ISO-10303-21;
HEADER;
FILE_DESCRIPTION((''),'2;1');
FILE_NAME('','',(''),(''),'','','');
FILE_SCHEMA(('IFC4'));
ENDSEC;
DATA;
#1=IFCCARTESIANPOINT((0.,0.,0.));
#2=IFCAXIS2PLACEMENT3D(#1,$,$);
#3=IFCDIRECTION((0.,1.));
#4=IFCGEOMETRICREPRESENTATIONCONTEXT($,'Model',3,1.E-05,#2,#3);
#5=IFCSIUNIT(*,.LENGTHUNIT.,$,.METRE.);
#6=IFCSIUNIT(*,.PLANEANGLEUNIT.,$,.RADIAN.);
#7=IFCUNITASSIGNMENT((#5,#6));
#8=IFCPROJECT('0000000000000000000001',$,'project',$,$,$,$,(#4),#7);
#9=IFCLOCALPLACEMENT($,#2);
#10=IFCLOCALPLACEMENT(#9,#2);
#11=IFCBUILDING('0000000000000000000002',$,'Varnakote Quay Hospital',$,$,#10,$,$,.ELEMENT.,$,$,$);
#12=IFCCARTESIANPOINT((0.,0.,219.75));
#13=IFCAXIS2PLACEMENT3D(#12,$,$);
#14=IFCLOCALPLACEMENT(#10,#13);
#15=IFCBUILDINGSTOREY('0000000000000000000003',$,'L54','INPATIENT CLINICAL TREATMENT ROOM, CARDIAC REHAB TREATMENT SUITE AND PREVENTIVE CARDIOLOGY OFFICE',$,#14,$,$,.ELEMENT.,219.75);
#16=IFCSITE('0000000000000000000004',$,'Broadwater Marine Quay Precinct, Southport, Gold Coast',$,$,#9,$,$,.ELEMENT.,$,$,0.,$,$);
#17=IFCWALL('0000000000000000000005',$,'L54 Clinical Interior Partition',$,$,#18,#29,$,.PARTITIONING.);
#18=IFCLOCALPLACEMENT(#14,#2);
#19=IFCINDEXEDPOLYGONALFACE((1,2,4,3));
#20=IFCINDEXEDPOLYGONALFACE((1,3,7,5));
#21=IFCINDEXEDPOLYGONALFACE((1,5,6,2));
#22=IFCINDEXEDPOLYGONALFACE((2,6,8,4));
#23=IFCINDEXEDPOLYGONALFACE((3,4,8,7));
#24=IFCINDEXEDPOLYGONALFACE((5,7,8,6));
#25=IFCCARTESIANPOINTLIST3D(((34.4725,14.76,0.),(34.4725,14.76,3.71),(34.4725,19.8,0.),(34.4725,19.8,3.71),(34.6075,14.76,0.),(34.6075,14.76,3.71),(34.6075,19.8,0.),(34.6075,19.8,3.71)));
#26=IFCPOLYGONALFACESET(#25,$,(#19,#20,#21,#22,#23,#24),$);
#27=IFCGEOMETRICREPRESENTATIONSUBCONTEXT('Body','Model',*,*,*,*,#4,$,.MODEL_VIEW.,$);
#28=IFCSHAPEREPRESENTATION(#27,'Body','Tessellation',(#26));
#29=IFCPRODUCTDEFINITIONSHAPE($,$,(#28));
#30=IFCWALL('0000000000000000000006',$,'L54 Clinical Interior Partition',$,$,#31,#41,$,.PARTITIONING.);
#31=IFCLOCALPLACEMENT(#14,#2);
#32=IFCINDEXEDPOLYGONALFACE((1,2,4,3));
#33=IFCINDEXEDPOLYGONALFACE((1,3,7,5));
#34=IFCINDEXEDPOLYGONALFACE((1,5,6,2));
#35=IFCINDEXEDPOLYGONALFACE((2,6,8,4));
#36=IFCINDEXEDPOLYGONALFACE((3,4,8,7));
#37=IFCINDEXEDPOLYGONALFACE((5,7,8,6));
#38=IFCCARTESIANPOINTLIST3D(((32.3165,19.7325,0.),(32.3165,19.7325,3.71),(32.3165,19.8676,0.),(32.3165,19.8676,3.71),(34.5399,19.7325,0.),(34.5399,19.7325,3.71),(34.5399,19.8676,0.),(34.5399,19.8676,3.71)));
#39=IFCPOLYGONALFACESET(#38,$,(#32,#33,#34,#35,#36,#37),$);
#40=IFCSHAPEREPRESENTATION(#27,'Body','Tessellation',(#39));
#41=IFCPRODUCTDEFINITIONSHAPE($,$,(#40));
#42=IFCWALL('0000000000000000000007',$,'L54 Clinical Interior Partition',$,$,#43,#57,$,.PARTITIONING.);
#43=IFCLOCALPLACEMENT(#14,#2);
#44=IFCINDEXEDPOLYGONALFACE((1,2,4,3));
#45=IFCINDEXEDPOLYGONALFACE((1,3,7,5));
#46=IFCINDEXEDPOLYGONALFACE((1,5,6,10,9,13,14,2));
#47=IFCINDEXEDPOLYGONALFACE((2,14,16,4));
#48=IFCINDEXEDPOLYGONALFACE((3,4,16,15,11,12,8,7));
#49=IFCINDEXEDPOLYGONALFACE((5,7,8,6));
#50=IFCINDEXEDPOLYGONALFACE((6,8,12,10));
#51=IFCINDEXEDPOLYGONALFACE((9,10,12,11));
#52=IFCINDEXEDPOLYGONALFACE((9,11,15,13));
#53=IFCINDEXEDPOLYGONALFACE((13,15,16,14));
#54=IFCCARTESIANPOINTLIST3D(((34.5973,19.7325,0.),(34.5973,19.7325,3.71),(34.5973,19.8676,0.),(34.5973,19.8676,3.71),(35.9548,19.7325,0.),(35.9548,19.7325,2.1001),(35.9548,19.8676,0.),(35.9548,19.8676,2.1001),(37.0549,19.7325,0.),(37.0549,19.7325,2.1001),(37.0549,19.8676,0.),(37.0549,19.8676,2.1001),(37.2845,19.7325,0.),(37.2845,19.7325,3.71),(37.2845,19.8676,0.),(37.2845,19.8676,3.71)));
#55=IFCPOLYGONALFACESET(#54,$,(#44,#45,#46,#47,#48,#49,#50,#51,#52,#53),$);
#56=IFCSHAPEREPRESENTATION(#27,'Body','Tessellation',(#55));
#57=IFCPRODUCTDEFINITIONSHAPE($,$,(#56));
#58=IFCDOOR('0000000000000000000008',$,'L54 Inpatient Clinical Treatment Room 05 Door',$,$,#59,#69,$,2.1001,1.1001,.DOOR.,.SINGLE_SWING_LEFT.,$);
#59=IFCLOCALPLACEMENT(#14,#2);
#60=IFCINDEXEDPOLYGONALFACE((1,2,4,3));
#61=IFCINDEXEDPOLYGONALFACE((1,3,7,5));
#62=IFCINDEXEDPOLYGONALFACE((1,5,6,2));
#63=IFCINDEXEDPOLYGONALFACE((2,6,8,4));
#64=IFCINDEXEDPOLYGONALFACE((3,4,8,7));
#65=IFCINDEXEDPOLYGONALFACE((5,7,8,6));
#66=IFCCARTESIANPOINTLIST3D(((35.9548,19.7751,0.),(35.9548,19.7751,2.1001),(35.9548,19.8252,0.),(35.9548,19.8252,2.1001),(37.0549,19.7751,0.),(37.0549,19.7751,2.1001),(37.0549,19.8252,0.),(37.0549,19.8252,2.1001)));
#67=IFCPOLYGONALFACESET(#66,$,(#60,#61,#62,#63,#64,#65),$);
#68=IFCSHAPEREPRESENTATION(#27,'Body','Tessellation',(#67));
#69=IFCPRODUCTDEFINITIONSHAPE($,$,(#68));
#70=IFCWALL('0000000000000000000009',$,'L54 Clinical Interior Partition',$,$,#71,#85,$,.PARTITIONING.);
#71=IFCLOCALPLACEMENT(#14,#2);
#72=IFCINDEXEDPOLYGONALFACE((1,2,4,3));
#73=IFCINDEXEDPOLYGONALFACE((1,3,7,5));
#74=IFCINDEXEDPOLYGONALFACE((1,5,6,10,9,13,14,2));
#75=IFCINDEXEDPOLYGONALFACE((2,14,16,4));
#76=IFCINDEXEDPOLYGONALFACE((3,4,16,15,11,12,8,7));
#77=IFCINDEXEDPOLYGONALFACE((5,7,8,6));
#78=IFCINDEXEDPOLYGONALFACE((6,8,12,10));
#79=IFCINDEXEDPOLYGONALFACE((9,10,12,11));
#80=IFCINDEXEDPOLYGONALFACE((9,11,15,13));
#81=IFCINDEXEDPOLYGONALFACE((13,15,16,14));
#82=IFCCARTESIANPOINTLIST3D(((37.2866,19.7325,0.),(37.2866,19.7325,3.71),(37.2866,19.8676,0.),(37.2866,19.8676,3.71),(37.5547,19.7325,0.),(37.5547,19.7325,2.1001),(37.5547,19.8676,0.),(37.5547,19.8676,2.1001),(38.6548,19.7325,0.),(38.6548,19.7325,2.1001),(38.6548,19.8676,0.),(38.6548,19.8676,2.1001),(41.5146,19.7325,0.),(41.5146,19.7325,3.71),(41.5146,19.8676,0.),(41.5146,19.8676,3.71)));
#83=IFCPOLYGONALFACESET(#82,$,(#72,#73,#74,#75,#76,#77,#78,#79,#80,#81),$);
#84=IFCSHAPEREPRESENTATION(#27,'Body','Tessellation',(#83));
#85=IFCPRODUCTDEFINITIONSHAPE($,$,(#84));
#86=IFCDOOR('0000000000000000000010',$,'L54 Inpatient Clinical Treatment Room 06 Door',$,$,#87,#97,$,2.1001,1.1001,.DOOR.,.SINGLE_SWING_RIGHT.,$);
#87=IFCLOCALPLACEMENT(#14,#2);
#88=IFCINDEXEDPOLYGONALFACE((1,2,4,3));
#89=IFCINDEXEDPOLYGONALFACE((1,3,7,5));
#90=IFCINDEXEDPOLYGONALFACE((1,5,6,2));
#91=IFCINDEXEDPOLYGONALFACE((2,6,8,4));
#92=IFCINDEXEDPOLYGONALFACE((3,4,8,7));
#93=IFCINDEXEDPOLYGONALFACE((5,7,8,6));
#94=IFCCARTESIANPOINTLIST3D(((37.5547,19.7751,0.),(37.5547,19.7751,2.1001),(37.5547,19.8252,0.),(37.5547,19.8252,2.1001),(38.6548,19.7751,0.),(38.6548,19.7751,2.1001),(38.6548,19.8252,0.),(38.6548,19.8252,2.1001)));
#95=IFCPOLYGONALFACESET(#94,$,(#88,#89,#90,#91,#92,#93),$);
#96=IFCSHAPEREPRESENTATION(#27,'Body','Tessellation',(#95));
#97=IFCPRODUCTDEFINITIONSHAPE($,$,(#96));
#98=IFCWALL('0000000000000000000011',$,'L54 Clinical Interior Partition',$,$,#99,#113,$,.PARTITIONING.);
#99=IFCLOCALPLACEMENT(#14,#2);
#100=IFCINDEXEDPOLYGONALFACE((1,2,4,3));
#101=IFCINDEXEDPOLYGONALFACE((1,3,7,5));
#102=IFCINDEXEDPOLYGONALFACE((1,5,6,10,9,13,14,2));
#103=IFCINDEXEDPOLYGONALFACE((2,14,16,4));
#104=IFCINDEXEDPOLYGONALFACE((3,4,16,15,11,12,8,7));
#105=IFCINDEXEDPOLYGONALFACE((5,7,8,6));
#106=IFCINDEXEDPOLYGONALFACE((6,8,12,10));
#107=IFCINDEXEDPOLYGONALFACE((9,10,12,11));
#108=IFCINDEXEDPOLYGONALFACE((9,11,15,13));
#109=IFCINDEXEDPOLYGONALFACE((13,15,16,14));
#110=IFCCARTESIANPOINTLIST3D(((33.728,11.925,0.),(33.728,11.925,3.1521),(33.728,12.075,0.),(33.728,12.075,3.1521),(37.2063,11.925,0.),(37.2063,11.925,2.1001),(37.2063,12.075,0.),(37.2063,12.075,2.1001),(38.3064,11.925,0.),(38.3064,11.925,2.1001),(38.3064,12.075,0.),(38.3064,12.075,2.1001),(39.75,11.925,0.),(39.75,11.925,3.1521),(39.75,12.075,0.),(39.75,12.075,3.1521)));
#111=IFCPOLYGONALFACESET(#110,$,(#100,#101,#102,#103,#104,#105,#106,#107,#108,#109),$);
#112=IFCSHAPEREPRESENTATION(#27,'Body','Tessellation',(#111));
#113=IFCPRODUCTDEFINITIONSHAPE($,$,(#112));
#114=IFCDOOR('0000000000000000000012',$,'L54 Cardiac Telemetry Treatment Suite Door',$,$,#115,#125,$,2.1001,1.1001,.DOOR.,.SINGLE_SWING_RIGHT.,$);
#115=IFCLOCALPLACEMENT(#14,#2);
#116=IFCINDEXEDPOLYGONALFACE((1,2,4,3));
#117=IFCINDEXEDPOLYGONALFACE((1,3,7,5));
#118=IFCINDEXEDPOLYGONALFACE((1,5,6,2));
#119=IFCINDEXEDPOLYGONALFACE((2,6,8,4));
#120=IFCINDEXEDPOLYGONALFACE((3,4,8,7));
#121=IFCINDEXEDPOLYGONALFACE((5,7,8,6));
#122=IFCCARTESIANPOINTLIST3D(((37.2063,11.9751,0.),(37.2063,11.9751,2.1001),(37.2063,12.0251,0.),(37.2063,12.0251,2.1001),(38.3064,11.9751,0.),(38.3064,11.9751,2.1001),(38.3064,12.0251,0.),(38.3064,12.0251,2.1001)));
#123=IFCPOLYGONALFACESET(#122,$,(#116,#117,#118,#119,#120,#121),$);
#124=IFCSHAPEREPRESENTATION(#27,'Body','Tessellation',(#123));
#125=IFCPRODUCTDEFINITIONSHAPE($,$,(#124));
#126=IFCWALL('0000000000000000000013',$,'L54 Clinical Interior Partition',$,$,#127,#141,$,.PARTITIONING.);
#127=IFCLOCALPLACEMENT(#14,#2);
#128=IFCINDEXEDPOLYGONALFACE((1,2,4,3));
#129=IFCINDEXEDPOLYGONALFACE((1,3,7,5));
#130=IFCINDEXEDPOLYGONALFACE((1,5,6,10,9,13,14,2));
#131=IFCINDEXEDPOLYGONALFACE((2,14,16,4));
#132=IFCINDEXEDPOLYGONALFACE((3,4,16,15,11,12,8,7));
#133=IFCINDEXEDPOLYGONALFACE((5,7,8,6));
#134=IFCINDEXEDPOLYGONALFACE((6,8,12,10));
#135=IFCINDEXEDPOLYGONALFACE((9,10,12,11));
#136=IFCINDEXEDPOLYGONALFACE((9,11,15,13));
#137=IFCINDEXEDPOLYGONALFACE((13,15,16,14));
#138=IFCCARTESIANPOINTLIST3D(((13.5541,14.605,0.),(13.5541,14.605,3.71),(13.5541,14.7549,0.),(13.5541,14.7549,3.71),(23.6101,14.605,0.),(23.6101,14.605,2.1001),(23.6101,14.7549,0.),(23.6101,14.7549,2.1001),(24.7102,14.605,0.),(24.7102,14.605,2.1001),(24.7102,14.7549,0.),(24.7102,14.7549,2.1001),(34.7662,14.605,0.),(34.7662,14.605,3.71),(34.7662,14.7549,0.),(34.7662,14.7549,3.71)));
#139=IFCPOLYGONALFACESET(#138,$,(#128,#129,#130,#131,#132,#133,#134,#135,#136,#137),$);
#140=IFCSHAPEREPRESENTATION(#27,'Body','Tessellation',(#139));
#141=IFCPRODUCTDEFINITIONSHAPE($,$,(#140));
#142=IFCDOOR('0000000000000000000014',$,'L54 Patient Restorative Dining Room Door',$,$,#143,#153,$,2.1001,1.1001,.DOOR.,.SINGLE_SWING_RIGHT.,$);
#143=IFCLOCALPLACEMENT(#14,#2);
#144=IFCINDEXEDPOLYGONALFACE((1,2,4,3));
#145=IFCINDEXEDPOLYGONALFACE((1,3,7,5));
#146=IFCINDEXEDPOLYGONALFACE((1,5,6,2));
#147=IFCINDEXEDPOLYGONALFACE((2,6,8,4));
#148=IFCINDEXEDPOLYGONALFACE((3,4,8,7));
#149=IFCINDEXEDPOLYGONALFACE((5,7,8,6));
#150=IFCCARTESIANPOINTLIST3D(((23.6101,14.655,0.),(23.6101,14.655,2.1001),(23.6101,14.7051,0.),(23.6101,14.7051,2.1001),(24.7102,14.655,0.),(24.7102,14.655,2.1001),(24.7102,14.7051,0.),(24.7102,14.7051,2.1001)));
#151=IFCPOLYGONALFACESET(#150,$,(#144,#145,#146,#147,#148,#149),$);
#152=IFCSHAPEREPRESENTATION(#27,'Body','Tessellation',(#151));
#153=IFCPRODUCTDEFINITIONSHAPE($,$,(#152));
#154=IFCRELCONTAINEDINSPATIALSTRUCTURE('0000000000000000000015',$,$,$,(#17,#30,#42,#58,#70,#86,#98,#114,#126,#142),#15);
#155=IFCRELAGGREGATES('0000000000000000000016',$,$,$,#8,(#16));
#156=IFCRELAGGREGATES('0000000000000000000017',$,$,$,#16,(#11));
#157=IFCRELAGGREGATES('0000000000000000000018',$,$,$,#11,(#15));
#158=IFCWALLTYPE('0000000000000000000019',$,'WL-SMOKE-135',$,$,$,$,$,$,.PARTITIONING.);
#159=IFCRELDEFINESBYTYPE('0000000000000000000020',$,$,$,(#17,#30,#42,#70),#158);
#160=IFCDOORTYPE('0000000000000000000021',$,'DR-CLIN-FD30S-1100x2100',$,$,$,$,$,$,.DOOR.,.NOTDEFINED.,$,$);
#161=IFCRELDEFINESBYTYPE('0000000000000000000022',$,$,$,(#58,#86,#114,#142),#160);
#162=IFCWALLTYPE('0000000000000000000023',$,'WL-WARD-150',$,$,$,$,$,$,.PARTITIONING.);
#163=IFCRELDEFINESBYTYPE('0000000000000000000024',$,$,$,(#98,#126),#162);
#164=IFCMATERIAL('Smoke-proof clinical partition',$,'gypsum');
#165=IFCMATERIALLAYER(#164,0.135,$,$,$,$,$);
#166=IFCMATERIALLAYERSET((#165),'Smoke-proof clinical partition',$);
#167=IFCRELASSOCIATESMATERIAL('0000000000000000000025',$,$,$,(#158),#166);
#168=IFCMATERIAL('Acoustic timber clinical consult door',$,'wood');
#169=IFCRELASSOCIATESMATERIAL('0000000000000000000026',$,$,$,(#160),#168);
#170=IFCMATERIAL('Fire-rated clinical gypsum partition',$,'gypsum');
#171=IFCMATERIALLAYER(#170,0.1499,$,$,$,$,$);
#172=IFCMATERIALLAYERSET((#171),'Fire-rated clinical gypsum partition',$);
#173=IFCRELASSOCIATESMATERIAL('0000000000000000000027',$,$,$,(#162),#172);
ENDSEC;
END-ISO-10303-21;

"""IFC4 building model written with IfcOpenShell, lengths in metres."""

from ifc_helpers import new_model, si_unit, direction, frame, frame_2d, origin, place, context, subcontext, project, spatial, rectangle, extrude, material, layer, layer_set, type_object, element, fill, save


model = new_model("IFC4")

# Units and contexts
model_context = context("Model", 3, precision=1e-05, world=origin(), true_north=direction((0.0, 1.0)))
body_context = subcontext(model_context, "Body", "Model", "MODEL_VIEW")
ifc_project = project(units=[si_unit("LENGTHUNIT", "METRE"), si_unit("PLANEANGLEUNIT", "RADIAN")], contexts=[model_context])

# Site, building, storey
site_placement = place(None, origin())
site = spatial("IfcSite", under=ifc_project, at=site_placement, Name="Broadwater Marine Quay Precinct, Southport, Gold Coast", CompositionType="ELEMENT", RefElevation=0.0)
building_placement = place(site_placement, origin())
building = spatial("IfcBuilding", under=site, at=building_placement, Name="Varnakote Quay Hospital", CompositionType="ELEMENT")
storey_placement = place(building_placement, frame((0.0, 0.0, 219.75)))
storey = spatial("IfcBuildingStorey", under=building, at=storey_placement, Name="L54", Description="INPATIENT CLINICAL TREATMENT ROOM, CARDIAC REHAB TREATMENT SUITE AND PREVENTIVE CARDIOLOGY OFFICE", CompositionType="ELEMENT", Elevation=219.75)

# Walls
ifc_material_1 = material(Name="Smoke-proof clinical partition", Category="gypsum")
ifc_layer_1 = layer(ifc_material_1, 0.135)
ifc_layer_set_1 = layer_set([ifc_layer_1], Name="Smoke-proof clinical partition")
wall_type_1 = type_object("IfcWallType", Name="WL-SMOKE-135", PredefinedType="PARTITIONING", material=ifc_layer_set_1)
wall_1_placement = place(storey_placement, frame((34.54, 14.76, 0.0), z_axis=(0.0, 0.0, 1.0), x_axis=(0.0, 1.0, 0.0)))
element("IfcWall", 1, at=wall_1_placement, inside=storey, type_object=wall_type_1, Name="L54 Clinical Interior Partition", PredefinedType="PARTITIONING", context=body_context, shape_type="SweptSolid", body=[
    extrude(rectangle(XDim=5.04, YDim=0.135, at=frame_2d((2.52, 0.0))), origin(), (0.0, 0.0, 1.0), 3.71),
])
wall_2_placement = place(storey_placement, frame((34.54, 19.8, 0.0), z_axis=(0.0, 0.0, 1.0), x_axis=(-1.0, 0.0, 0.0)))
element("IfcWall", 2, at=wall_2_placement, inside=storey, type_object=wall_type_1, Name="L54 Clinical Interior Partition", PredefinedType="PARTITIONING", context=body_context, shape_type="SweptSolid", body=[
    extrude(rectangle(XDim=2.2234, YDim=0.135, at=frame_2d((1.1118, 0.0))), origin(), (0.0, 0.0, 1.0), 3.71),
])

# Walls, openings, doors
wall_3_placement = place(storey_placement, frame((37.2847, 19.8, 0.0), z_axis=(0.0, 0.0, 1.0), x_axis=(-1.0, 0.0, 0.0)))
wall_3 = element("IfcWall", 3, at=wall_3_placement, inside=storey, type_object=wall_type_1, Name="L54 Clinical Interior Partition", PredefinedType="PARTITIONING", context=body_context, shape_type="SweptSolid", body=[
    extrude(rectangle(XDim=2.6873, YDim=0.135, at=frame_2d((1.3438, 0.0))), origin(), (0.0, 0.0, 1.0), 3.71),
])
opening_1_placement = place(wall_3_placement, frame((0.2297, 0.0, 0.0)))
opening_1 = element("IfcOpeningElement", 4, at=opening_1_placement, cuts=wall_3, PredefinedType="OPENING", context=body_context, shape_type="SweptSolid", body=[
    extrude(rectangle(XDim=1.1001, YDim=2.1001, at=frame_2d((0.55, 1.05))), frame((0.0, 0.0774, 0.0), z_axis=(0.0, -1.0, 0.0), x_axis=(1.0, 0.0, 0.0)), (0.0, 0.0, 1.0), 0.155),
])
ifc_material_2 = material(Name="Acoustic timber clinical consult door", Category="wood")
door_type = type_object("IfcDoorType", Name="DR-CLIN-FD30S-1100x2100", OperationType="NOTDEFINED", PredefinedType="DOOR", material=ifc_material_2)
door_1_placement = place(opening_1_placement, origin())
door_1 = element("IfcDoor", 5, at=door_1_placement, inside=storey, type_object=door_type, Name="L54 Inpatient Clinical Treatment Room 05 Door", OperationType="SINGLE_SWING_LEFT", OverallHeight=2.1001, OverallWidth=1.1001, PredefinedType="DOOR", context=body_context, shape_type="SweptSolid", body=[
    extrude(rectangle(XDim=1.1001, YDim=2.1001, at=frame_2d((0.55, 1.05))), frame((0.0, 0.0249, 0.0), z_axis=(0.0, -1.0, 0.0), x_axis=(1.0, 0.0, 0.0)), (0.0, 0.0, 1.0), 0.05),
])
fill(opening_1, door_1)
wall_4_placement = place(storey_placement, frame((41.5146, 19.8, 0.0), z_axis=(0.0, 0.0, 1.0), x_axis=(-1.0, 0.0, 0.0)))
wall_4 = element("IfcWall", 6, at=wall_4_placement, inside=storey, type_object=wall_type_1, Name="L54 Clinical Interior Partition", PredefinedType="PARTITIONING", context=body_context, shape_type="SweptSolid", body=[
    extrude(rectangle(XDim=4.228, YDim=0.135, at=frame_2d((2.114, 0.0))), origin(), (0.0, 0.0, 1.0), 3.71),
])
opening_2_placement = place(wall_4_placement, frame((2.8599, 0.0, 0.0)))
opening_2 = element("IfcOpeningElement", 7, at=opening_2_placement, cuts=wall_4, PredefinedType="OPENING", context=body_context, shape_type="SweptSolid", body=[
    extrude(rectangle(XDim=1.1001, YDim=2.1001, at=frame_2d((0.55, 1.05))), frame((0.0, 0.0774, 0.0), z_axis=(0.0, -1.0, 0.0), x_axis=(1.0, 0.0, 0.0)), (0.0, 0.0, 1.0), 0.155),
])
door_2_placement = place(opening_2_placement, origin())
door_2 = element("IfcDoor", 8, at=door_2_placement, inside=storey, type_object=door_type, Name="L54 Inpatient Clinical Treatment Room 06 Door", OperationType="SINGLE_SWING_RIGHT", OverallHeight=2.1001, OverallWidth=1.1001, PredefinedType="DOOR", context=body_context, shape_type="SweptSolid", body=[
    extrude(rectangle(XDim=1.1001, YDim=2.1001, at=frame_2d((0.55, 1.05))), frame((0.0, 0.0249, 0.0), z_axis=(0.0, -1.0, 0.0), x_axis=(1.0, 0.0, 0.0)), (0.0, 0.0, 1.0), 0.05),
])
fill(opening_2, door_2)
ifc_material_3 = material(Name="Fire-rated clinical gypsum partition", Category="gypsum")
ifc_layer_2 = layer(ifc_material_3, 0.1499)
ifc_layer_set_2 = layer_set([ifc_layer_2], Name="Fire-rated clinical gypsum partition")
wall_type_2 = type_object("IfcWallType", Name="WL-WARD-150", PredefinedType="PARTITIONING", material=ifc_layer_set_2)
wall_5_placement = place(storey_placement, frame((39.75, 12.0, 0.0), z_axis=(0.0, 0.0, 1.0), x_axis=(-1.0, 0.0, 0.0)))
wall_5 = element("IfcWall", 9, at=wall_5_placement, inside=storey, type_object=wall_type_2, Name="L54 Clinical Interior Partition", PredefinedType="PARTITIONING", context=body_context, shape_type="SweptSolid", body=[
    extrude(rectangle(XDim=6.022, YDim=0.1499, at=frame_2d((3.011, 0.0))), origin(), (0.0, 0.0, 1.0), 3.1521),
])
opening_3_placement = place(wall_5_placement, frame((1.4436, 0.0, 0.0)))
opening_3 = element("IfcOpeningElement", 10, at=opening_3_placement, cuts=wall_5, PredefinedType="OPENING", context=body_context, shape_type="SweptSolid", body=[
    extrude(rectangle(XDim=1.1001, YDim=2.1001, at=frame_2d((0.55, 1.05))), frame((0.0, 0.085, 0.0), z_axis=(0.0, -1.0, 0.0), x_axis=(1.0, 0.0, 0.0)), (0.0, 0.0, 1.0), 0.1699),
])
door_3_placement = place(opening_3_placement, origin())
door_3 = element("IfcDoor", 11, at=door_3_placement, inside=storey, type_object=door_type, Name="L54 Cardiac Telemetry Treatment Suite Door", OperationType="SINGLE_SWING_RIGHT", OverallHeight=2.1001, OverallWidth=1.1001, PredefinedType="DOOR", context=body_context, shape_type="SweptSolid", body=[
    extrude(rectangle(XDim=1.1001, YDim=2.1001, at=frame_2d((0.55, 1.05))), frame((0.0, 0.0249, 0.0), z_axis=(0.0, -1.0, 0.0), x_axis=(1.0, 0.0, 0.0)), (0.0, 0.0, 1.0), 0.05),
])
fill(opening_3, door_3)
wall_6_placement = place(storey_placement, frame((34.7661, 14.6799, 0.0), z_axis=(0.0, 0.0, 1.0), x_axis=(-1.0, 0.0, 0.0)))
wall_6 = element("IfcWall", 12, at=wall_6_placement, inside=storey, type_object=wall_type_2, Name="L54 Clinical Interior Partition", PredefinedType="PARTITIONING", context=body_context, shape_type="SweptSolid", body=[
    extrude(rectangle(XDim=21.2122, YDim=0.1499, at=frame_2d((10.606, 0.0))), origin(), (0.0, 0.0, 1.0), 3.71),
])
opening_4_placement = place(wall_6_placement, frame((10.0559, 0.0, 0.0)))
opening_4 = element("IfcOpeningElement", 13, at=opening_4_placement, cuts=wall_6, PredefinedType="OPENING", context=body_context, shape_type="SweptSolid", body=[
    extrude(rectangle(XDim=1.1001, YDim=2.1001, at=frame_2d((0.55, 1.05))), frame((0.0, 0.085, 0.0), z_axis=(0.0, -1.0, 0.0), x_axis=(1.0, 0.0, 0.0)), (0.0, 0.0, 1.0), 0.1699),
])
door_4_placement = place(opening_4_placement, origin())
door_4 = element("IfcDoor", 14, at=door_4_placement, inside=storey, type_object=door_type, Name="L54 Patient Restorative Dining Room Door", OperationType="SINGLE_SWING_RIGHT", OverallHeight=2.1001, OverallWidth=1.1001, PredefinedType="DOOR", context=body_context, shape_type="SweptSolid", body=[
    extrude(rectangle(XDim=1.1001, YDim=2.1001, at=frame_2d((0.55, 1.05))), frame((0.0, 0.0249, 0.0), z_axis=(0.0, -1.0, 0.0), x_axis=(1.0, 0.0, 0.0)), (0.0, 0.0, 1.0), 0.05),
])
fill(opening_4, door_4)

save(model, "model.ifc")
